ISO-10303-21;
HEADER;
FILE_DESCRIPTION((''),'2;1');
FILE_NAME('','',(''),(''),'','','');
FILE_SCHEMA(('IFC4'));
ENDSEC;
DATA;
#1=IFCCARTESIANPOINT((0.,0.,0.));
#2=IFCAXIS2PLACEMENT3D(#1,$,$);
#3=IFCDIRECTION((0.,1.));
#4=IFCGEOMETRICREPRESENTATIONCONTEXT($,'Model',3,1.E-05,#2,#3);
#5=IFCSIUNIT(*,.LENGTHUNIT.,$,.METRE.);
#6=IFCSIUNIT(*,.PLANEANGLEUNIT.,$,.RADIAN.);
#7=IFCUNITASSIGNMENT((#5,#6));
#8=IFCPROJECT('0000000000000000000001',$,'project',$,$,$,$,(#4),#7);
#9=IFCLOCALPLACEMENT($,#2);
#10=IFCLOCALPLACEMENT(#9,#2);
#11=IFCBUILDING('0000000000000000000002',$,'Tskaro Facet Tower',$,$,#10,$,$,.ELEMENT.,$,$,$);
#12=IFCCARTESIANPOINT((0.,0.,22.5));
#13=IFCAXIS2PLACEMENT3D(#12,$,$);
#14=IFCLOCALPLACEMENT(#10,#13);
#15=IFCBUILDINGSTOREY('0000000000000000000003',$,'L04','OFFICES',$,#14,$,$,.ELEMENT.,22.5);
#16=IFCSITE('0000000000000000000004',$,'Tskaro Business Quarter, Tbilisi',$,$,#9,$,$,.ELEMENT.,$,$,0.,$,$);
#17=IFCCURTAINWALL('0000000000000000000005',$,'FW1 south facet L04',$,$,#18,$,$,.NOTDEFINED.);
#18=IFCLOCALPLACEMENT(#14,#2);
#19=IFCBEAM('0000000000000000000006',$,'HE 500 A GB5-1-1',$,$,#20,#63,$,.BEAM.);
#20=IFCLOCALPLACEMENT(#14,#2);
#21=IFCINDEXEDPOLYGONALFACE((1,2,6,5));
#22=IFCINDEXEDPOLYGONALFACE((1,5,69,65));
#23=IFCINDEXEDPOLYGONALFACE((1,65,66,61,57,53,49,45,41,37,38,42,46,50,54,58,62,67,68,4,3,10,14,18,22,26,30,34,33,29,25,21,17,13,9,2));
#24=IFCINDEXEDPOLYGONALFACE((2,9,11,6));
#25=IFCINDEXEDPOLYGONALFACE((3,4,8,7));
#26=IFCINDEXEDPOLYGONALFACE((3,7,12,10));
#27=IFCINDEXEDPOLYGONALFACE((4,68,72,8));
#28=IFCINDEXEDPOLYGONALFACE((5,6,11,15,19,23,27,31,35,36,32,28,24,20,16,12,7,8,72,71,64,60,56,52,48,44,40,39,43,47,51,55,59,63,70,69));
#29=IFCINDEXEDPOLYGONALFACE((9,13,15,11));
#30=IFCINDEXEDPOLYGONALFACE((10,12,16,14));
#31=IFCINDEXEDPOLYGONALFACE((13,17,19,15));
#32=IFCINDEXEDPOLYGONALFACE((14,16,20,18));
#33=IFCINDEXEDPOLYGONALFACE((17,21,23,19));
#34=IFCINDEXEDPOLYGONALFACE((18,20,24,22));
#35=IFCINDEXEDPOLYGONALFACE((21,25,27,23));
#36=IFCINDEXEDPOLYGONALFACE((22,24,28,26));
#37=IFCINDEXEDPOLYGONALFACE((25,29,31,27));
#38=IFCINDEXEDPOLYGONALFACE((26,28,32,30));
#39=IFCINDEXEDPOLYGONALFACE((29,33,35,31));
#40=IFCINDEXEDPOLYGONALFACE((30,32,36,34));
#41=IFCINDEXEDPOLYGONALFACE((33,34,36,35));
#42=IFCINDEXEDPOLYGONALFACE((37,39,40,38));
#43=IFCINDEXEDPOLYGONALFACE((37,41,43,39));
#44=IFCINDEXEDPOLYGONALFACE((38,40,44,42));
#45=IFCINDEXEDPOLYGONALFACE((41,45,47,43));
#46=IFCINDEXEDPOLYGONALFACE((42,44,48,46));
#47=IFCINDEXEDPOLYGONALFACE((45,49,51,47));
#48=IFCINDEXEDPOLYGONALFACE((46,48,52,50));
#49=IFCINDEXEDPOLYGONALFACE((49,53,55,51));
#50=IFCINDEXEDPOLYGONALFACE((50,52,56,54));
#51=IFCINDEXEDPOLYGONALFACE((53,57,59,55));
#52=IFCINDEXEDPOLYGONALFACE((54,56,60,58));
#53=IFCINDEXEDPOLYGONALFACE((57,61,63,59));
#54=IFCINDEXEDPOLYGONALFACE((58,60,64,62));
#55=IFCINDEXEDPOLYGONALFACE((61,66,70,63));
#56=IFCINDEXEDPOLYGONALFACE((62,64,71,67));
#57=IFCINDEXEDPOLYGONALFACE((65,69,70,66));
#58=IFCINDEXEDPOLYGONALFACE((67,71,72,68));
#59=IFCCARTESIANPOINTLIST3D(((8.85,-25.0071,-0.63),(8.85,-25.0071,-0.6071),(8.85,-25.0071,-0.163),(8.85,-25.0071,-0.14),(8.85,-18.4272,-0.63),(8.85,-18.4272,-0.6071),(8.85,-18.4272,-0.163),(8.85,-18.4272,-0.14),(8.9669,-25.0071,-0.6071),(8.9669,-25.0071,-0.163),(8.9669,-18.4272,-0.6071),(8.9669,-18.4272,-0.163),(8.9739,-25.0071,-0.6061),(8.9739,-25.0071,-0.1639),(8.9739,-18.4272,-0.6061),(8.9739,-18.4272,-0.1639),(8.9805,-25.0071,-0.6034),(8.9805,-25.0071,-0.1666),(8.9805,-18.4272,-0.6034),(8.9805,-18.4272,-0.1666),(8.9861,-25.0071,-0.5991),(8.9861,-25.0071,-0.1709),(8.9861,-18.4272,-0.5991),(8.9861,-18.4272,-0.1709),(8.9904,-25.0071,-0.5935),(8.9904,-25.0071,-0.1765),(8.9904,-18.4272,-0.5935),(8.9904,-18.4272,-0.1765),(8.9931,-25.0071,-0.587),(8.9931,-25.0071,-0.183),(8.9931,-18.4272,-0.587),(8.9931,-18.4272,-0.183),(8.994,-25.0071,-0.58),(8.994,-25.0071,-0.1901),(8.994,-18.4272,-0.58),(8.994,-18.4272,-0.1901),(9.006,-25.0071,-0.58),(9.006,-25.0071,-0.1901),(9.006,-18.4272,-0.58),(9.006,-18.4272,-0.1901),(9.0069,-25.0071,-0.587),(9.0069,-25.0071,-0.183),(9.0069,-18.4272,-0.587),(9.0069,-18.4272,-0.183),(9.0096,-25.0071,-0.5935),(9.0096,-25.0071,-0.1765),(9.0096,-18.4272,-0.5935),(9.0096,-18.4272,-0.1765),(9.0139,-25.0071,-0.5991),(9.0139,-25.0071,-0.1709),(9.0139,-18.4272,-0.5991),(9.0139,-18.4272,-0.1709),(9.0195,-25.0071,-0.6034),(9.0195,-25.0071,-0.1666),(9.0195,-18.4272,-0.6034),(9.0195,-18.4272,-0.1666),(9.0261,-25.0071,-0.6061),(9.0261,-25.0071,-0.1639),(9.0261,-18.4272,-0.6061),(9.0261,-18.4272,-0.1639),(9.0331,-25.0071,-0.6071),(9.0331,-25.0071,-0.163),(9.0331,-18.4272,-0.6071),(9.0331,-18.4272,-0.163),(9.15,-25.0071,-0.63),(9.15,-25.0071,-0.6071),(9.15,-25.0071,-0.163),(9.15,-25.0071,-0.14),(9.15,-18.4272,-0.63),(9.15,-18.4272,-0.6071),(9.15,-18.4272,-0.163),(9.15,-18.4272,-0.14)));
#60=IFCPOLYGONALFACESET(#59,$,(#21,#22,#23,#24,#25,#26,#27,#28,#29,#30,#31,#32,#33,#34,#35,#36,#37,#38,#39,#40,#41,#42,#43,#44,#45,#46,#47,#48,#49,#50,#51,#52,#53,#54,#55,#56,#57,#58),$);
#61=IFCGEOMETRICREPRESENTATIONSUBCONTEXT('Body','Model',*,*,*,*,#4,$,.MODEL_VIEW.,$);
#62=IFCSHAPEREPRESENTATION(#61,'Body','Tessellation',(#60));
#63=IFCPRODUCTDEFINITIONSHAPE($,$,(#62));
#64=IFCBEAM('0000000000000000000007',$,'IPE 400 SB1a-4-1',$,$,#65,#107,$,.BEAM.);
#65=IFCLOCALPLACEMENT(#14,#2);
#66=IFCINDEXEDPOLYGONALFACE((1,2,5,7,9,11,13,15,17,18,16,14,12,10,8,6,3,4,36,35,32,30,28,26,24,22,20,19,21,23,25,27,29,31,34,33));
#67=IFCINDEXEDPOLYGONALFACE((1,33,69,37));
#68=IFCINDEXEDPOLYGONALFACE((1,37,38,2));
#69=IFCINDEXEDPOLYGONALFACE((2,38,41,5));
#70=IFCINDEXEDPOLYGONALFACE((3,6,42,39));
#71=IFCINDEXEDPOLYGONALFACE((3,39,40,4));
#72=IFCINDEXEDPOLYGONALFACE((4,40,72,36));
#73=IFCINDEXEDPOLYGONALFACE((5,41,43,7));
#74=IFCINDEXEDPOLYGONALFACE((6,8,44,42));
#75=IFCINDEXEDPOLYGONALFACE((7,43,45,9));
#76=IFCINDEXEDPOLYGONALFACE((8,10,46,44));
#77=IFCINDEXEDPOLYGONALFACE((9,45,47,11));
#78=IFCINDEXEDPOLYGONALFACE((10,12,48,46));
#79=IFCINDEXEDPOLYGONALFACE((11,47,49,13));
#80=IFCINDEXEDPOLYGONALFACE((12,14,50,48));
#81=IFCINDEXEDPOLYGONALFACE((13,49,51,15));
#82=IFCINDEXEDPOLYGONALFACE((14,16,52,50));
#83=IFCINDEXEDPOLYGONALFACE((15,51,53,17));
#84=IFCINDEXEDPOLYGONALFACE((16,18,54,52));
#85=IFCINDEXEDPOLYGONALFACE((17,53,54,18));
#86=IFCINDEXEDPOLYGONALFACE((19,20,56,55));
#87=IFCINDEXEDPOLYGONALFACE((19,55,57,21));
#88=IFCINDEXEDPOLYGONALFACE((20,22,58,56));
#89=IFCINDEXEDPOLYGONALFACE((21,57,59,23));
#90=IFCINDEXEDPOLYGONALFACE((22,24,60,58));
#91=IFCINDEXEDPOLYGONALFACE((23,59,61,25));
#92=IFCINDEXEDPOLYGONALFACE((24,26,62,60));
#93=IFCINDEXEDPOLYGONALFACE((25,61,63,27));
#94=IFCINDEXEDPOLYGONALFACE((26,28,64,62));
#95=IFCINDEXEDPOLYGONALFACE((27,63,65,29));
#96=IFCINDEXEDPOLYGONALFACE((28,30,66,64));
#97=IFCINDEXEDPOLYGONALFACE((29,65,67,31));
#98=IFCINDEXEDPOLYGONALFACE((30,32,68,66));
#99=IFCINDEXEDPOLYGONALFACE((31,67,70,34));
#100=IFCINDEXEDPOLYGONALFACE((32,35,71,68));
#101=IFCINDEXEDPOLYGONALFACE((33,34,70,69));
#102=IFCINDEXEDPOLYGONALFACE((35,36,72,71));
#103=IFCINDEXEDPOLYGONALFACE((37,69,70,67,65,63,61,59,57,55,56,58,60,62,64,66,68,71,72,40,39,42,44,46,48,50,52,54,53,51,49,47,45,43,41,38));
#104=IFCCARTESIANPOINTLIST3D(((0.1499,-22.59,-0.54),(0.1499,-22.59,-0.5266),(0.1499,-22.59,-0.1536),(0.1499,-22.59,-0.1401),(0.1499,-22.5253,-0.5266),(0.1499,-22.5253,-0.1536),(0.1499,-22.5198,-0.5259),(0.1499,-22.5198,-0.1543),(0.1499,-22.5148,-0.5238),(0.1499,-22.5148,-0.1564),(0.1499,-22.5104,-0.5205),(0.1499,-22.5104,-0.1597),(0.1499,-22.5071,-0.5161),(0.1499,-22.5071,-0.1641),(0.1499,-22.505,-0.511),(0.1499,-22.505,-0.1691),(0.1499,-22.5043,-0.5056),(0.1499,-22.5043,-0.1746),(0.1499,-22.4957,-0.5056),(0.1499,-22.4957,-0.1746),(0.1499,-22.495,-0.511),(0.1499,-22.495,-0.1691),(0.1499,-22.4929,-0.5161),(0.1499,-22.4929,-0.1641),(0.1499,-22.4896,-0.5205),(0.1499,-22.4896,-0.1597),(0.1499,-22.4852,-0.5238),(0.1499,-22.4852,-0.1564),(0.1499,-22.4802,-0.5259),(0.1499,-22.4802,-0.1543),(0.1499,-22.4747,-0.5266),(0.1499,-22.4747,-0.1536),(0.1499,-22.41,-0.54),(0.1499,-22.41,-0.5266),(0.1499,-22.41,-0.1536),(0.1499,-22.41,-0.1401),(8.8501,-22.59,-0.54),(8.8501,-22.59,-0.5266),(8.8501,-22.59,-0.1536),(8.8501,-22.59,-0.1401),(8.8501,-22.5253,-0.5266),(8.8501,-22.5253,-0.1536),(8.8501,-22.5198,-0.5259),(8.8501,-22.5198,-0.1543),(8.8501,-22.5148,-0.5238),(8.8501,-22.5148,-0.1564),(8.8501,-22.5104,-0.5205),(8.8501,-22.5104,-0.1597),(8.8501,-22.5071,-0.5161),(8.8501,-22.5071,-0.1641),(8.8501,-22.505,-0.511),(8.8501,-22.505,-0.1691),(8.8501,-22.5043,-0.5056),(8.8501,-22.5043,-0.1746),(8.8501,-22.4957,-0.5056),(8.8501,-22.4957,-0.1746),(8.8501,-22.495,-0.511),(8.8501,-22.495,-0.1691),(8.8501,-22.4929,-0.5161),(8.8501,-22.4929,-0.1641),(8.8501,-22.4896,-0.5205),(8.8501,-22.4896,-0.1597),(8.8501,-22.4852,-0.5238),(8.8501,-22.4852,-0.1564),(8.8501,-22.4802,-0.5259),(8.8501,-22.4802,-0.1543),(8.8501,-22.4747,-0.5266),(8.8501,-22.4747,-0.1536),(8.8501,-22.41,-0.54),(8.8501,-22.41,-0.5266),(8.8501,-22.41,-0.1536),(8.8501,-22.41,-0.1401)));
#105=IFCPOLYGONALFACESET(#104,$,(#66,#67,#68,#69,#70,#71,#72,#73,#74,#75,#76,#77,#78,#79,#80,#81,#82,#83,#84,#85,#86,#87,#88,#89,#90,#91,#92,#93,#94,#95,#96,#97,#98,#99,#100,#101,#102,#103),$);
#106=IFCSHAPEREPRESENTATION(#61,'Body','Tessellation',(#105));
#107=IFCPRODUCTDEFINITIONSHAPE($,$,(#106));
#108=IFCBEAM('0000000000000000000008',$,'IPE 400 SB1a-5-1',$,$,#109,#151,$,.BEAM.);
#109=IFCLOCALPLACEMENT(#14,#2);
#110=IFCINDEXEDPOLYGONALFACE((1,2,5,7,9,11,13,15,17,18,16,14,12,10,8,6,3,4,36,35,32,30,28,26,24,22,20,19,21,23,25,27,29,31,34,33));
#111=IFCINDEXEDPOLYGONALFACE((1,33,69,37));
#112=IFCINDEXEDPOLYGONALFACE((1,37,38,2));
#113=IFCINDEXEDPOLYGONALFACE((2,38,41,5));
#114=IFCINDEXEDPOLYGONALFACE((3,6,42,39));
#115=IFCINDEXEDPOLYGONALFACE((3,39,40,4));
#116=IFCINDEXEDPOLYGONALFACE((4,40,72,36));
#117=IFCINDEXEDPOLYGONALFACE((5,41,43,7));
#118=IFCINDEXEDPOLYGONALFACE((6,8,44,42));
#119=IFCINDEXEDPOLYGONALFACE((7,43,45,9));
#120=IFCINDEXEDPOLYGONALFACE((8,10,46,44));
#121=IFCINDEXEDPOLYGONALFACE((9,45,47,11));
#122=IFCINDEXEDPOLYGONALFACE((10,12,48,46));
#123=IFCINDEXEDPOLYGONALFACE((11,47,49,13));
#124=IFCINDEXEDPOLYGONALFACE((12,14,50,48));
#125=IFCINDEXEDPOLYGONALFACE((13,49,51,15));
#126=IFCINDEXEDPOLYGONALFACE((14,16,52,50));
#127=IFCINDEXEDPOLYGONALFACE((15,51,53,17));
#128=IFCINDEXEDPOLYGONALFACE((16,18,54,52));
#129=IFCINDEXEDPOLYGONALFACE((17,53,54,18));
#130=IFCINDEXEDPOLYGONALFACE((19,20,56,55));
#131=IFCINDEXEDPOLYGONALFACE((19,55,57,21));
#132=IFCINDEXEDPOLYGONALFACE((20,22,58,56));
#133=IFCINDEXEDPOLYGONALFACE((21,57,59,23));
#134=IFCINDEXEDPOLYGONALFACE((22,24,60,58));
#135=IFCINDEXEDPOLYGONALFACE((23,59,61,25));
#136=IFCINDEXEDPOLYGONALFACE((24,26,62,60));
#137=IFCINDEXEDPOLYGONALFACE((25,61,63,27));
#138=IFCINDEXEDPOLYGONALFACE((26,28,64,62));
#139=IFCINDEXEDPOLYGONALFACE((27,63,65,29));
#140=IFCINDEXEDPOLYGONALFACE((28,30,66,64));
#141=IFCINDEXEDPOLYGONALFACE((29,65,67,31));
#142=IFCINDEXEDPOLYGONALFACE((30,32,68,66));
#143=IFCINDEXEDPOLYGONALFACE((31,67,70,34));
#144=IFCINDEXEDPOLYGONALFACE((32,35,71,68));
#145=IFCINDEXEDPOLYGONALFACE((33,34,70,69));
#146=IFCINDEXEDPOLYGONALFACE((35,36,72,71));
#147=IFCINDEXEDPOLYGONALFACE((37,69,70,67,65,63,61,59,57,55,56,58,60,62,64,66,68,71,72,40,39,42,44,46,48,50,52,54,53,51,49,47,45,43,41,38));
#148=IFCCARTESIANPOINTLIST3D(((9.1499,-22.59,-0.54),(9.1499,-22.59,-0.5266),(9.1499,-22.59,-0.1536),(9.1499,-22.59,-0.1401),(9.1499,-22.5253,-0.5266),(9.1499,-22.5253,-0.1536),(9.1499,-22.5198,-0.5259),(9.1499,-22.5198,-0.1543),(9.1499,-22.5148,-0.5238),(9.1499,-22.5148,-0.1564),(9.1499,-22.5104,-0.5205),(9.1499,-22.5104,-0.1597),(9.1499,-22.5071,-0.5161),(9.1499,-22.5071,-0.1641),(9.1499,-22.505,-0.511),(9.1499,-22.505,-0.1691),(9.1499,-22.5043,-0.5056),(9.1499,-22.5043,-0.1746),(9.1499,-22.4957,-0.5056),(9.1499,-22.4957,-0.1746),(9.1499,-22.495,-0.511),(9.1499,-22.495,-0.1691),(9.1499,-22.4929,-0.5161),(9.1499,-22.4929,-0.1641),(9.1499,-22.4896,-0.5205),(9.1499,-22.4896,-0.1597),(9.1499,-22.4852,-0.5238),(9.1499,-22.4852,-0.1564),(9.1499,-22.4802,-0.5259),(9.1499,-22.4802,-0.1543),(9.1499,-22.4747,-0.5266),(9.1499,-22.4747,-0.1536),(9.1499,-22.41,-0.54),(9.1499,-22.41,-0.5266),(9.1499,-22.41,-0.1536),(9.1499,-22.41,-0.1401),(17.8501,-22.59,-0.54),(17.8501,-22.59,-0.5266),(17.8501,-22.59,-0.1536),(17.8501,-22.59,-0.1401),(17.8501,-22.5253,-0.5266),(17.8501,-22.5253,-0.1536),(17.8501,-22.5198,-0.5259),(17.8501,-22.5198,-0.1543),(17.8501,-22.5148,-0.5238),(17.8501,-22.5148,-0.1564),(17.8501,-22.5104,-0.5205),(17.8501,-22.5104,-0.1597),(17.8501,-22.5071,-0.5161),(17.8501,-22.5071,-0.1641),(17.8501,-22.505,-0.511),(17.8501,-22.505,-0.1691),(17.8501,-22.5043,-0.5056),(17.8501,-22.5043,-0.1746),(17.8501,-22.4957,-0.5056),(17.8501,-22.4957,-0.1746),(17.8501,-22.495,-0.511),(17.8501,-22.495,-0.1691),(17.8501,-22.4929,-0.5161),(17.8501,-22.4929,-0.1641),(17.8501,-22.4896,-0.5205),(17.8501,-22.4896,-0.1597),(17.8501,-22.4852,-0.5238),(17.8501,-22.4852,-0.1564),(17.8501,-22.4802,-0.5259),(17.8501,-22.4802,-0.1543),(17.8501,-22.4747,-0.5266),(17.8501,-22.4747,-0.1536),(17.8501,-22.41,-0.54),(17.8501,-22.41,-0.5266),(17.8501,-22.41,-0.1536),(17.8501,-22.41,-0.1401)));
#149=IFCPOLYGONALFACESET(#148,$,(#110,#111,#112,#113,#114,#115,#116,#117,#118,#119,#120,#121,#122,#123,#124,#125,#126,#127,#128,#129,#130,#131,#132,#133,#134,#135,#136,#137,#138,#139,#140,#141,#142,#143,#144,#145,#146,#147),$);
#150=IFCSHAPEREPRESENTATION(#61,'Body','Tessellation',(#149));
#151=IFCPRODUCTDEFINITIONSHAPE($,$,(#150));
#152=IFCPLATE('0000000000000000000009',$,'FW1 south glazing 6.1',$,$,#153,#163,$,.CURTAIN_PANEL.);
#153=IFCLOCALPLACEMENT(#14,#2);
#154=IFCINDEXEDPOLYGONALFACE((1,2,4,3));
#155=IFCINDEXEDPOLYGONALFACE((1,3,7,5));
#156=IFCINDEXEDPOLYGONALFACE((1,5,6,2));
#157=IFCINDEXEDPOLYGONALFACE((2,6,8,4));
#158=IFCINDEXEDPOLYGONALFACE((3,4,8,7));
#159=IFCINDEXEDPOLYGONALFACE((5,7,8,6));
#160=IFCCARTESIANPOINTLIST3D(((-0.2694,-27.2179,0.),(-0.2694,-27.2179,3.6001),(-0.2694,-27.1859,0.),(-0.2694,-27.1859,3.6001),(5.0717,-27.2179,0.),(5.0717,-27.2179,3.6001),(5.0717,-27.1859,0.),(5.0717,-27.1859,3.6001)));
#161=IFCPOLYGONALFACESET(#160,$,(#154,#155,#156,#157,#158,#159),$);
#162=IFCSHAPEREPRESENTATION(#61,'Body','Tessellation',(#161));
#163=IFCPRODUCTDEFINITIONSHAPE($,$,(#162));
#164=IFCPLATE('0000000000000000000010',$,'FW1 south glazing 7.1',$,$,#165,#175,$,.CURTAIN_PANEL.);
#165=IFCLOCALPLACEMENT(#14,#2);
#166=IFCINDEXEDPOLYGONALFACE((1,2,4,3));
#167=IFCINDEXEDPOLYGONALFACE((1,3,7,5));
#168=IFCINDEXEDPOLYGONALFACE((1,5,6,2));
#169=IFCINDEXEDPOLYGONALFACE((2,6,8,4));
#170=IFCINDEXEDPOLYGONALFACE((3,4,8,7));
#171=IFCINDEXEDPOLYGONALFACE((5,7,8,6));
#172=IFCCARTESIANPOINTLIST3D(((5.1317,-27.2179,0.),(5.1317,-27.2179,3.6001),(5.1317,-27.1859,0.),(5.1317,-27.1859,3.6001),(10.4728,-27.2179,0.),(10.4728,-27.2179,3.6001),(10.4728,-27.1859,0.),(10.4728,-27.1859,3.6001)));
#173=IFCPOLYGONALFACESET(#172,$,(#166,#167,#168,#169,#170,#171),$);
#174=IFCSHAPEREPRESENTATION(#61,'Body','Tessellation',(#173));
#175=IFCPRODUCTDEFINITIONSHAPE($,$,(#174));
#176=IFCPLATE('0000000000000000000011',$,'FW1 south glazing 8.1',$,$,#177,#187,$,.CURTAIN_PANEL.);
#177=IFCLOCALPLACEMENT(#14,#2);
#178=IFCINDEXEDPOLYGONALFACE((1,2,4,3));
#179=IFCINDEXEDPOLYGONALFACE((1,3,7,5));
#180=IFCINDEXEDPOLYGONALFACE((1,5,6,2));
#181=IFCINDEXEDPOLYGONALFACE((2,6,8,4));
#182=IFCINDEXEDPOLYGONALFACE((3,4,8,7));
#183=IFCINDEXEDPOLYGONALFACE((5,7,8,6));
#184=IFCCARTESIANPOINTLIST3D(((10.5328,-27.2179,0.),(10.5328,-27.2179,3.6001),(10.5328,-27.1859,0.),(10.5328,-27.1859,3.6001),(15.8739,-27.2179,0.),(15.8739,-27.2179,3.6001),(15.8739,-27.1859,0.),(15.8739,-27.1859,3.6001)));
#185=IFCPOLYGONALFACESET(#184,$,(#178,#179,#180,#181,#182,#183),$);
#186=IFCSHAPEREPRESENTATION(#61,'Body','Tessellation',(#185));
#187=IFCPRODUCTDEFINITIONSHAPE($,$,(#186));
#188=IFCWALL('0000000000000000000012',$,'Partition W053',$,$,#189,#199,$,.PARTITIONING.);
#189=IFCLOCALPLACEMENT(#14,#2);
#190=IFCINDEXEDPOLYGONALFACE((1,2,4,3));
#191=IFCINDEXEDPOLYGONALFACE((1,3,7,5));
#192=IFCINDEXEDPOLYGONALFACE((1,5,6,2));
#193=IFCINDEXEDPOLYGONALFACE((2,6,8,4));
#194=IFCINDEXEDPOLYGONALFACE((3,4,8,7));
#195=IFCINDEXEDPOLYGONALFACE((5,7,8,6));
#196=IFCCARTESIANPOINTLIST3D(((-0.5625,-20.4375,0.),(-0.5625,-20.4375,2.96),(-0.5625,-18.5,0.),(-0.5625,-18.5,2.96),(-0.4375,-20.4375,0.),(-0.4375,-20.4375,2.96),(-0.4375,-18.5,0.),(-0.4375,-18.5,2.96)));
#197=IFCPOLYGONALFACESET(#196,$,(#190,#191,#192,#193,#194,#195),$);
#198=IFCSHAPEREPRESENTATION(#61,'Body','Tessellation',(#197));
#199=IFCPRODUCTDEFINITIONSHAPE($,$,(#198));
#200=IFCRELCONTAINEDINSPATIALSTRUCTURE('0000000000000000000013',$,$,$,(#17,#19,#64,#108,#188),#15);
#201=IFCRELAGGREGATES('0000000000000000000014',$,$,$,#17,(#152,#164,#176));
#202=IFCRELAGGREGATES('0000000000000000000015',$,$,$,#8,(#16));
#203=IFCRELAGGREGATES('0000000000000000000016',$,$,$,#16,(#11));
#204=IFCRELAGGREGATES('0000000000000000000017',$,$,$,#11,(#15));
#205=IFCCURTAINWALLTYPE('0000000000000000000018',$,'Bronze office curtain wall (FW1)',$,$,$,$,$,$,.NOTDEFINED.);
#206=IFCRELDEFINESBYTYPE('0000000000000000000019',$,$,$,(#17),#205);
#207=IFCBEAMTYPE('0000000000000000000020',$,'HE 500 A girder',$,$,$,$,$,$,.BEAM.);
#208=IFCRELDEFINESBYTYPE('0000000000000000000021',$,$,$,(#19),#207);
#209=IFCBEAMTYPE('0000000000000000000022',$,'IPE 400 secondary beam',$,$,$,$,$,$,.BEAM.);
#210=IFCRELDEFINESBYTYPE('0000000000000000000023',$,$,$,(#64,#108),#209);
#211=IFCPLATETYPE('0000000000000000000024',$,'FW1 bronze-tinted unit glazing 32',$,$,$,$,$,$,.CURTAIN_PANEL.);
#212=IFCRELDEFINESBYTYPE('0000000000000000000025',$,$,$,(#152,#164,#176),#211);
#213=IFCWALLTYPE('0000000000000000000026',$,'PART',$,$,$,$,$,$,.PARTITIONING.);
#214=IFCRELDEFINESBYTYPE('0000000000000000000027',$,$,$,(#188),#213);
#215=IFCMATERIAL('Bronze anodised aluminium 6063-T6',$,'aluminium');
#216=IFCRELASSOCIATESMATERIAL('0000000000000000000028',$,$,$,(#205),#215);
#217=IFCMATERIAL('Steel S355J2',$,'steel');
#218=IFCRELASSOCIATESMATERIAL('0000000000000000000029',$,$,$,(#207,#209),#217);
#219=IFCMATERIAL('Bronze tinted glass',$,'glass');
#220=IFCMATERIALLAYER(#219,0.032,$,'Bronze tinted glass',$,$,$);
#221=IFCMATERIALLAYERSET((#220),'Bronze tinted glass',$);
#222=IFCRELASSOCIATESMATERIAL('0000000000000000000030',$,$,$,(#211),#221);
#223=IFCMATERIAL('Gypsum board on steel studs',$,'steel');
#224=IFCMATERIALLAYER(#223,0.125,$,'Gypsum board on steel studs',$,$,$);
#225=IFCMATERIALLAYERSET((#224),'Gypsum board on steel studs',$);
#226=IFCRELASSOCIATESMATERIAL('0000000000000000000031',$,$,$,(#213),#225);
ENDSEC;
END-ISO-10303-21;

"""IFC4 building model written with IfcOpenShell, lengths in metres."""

from ifc_helpers import new_model, si_unit, direction, frame, frame_2d, origin, origin_2d, place, context, subcontext, project, spatial, rectangle, i_section, extrude, material, layer, layer_set, material_profile, profile_set, type_object, element, aggregate, save


model = new_model("IFC4")

# Units and contexts
model_context = context("Model", 3, precision=1e-05, world=origin(), true_north=direction((0.0, 1.0)))
body_context = subcontext(model_context, "Body", "Model", "MODEL_VIEW")
ifc_project = project(units=[si_unit("LENGTHUNIT", "METRE"), si_unit("PLANEANGLEUNIT", "RADIAN")], contexts=[model_context])

# Site, building, storey
site_placement = place(None, origin())
site = spatial("IfcSite", under=ifc_project, at=site_placement, Name="Tskaro Business Quarter, Tbilisi", CompositionType="ELEMENT", RefElevation=0.0)
building_placement = place(site_placement, origin())
building = spatial("IfcBuilding", under=site, at=building_placement, Name="Tskaro Facet Tower", CompositionType="ELEMENT")
storey_placement = place(building_placement, frame((0.0, 0.0, 22.5)))
storey = spatial("IfcBuildingStorey", under=building, at=storey_placement, Name="L04", Description="OFFICES", CompositionType="ELEMENT", Elevation=22.5)

# Curtain wall
ifc_material_1 = material(Name="Bronze anodised aluminium 6063-T6", Category="aluminium")
curtain_wall_type = type_object("IfcCurtainWallType", Name="Bronze office curtain wall (FW1)", PredefinedType="NOTDEFINED", material=ifc_material_1)
curtain_wall_placement = place(storey_placement, origin())
curtain_wall = element("IfcCurtainWall", 1, at=curtain_wall_placement, inside=storey, type_object=curtain_wall_type, Name="FW1 south facet L04", PredefinedType="NOTDEFINED")

# Beams
ifc_material_2 = material(Name="Steel S355J2", Category="steel")
ifc_material_profile_1 = material_profile(ifc_material_2, i_section(OverallWidth=0.3, OverallDepth=0.49, WebThickness=0.012, FlangeThickness=0.0229, FilletRadius=0.0271, at=origin_2d()), Name="HE 500 A")
ifc_profile_set_1 = profile_set([ifc_material_profile_1], Name="Steel S355J2")
beam_type_1 = type_object("IfcBeamType", Name="HE 500 A girder", PredefinedType="BEAM", material=ifc_profile_set_1)
beam_1_placement = place(storey_placement, frame((9.0, -25.0071, -0.385), z_axis=(0.0, 1.0, 0.0), x_axis=(-1.0, 0.0, 0.0)))
element("IfcBeam", 2, at=beam_1_placement, inside=storey, type_object=beam_type_1, Name="HE 500 A GB5-1-1", PredefinedType="BEAM", context=body_context, shape_type="SweptSolid", body=[
    extrude(i_section(OverallWidth=0.3, OverallDepth=0.49, WebThickness=0.012, FlangeThickness=0.0229, FilletRadius=0.0271, at=origin_2d()), origin(), (0.0, 0.0, 1.0), 6.5798),
])
ifc_material_profile_2 = material_profile(ifc_material_2, i_section(OverallWidth=0.1799, OverallDepth=0.3999, WebThickness=0.0085, FlangeThickness=0.0134, FilletRadius=0.021, at=origin_2d()), Name="IPE 400")
ifc_profile_set_2 = profile_set([ifc_material_profile_2], Name="Steel S355J2")
beam_type_2 = type_object("IfcBeamType", Name="IPE 400 secondary beam", PredefinedType="BEAM", material=ifc_profile_set_2)
for number, where, z_axis, x_axis, name in (
    (3, (0.1499, -22.5, -0.3401), (1.0, 0.0, 0.0), (0.0, 1.0, 0.0), "IPE 400 SB1a-4-1"),
    (4, (9.1499, -22.5, -0.3401), (1.0, 0.0, 0.0), (0.0, 1.0, 0.0), "IPE 400 SB1a-5-1"),
):
    element("IfcBeam", number, at=place(storey_placement, frame(where, z_axis=z_axis, x_axis=x_axis)), inside=storey, type_object=beam_type_2, Name=name, PredefinedType="BEAM", context=body_context, shape_type="SweptSolid", body=[
        extrude(i_section(OverallWidth=0.1799, OverallDepth=0.3999, WebThickness=0.0085, FlangeThickness=0.0134, FilletRadius=0.021, at=origin_2d()), origin(), (0.0, 0.0, 1.0), 8.7002),
    ])

# Plates
ifc_material_3 = material(Name="Bronze tinted glass", Category="glass")
ifc_layer_1 = layer(ifc_material_3, 0.032, Name="Bronze tinted glass")
ifc_layer_set_1 = layer_set([ifc_layer_1], Name="Bronze tinted glass")
plate_type = type_object("IfcPlateType", Name="FW1 bronze-tinted unit glazing 32", PredefinedType="CURTAIN_PANEL", material=ifc_layer_set_1)
plate_1_placement = place(storey_placement, frame((2.4011, -27.2019, 0.0), z_axis=(0.0, 0.0, 1.0), x_axis=(1.0, 0.0, 0.0)))
plate_1 = element("IfcPlate", 5, at=plate_1_placement, type_object=plate_type, Name="FW1 south glazing 6.1", PredefinedType="CURTAIN_PANEL", context=body_context, shape_type="SweptSolid", body=[
    extrude(rectangle(XDim=5.3411, YDim=0.032, at=origin_2d()), origin(), (0.0, 0.0, 1.0), 3.6001),
])
plate_2_placement = place(storey_placement, frame((7.8022, -27.2019, 0.0), z_axis=(0.0, 0.0, 1.0), x_axis=(1.0, 0.0, 0.0)))
plate_2 = element("IfcPlate", 6, at=plate_2_placement, type_object=plate_type, Name="FW1 south glazing 7.1", PredefinedType="CURTAIN_PANEL", context=body_context, shape_type="SweptSolid", body=[
    extrude(rectangle(XDim=5.3411, YDim=0.032, at=origin_2d()), origin(), (0.0, 0.0, 1.0), 3.6001),
])
plate_3_placement = place(storey_placement, frame((13.2034, -27.2019, 0.0), z_axis=(0.0, 0.0, 1.0), x_axis=(1.0, 0.0, 0.0)))
plate_3 = element("IfcPlate", 7, at=plate_3_placement, type_object=plate_type, Name="FW1 south glazing 8.1", PredefinedType="CURTAIN_PANEL", context=body_context, shape_type="SweptSolid", body=[
    extrude(rectangle(XDim=5.3411, YDim=0.032, at=origin_2d()), origin(), (0.0, 0.0, 1.0), 3.6001),
])
aggregate(curtain_wall, [plate_1, plate_2, plate_3])

# Wall
ifc_material_4 = material(Name="Gypsum board on steel studs", Category="steel")
ifc_layer_2 = layer(ifc_material_4, 0.125, Name="Gypsum board on steel studs")
ifc_layer_set_2 = layer_set([ifc_layer_2], Name="Gypsum board on steel studs")
wall_type = type_object("IfcWallType", Name="PART", PredefinedType="PARTITIONING", material=ifc_layer_set_2)
wall_1_placement = place(storey_placement, frame((-0.5, -20.4375, 0.0), z_axis=(0.0, 0.0, 1.0), x_axis=(0.0, 1.0, 0.0)))
element("IfcWall", 8, at=wall_1_placement, inside=storey, type_object=wall_type, Name="Partition W053", PredefinedType="PARTITIONING", context=body_context, shape_type="SweptSolid", body=[
    extrude(rectangle(XDim=1.9375, YDim=0.125, at=frame_2d((0.9688, 0.0))), origin(), (0.0, 0.0, 1.0), 2.96),
])

save(model, "model.ifc")
